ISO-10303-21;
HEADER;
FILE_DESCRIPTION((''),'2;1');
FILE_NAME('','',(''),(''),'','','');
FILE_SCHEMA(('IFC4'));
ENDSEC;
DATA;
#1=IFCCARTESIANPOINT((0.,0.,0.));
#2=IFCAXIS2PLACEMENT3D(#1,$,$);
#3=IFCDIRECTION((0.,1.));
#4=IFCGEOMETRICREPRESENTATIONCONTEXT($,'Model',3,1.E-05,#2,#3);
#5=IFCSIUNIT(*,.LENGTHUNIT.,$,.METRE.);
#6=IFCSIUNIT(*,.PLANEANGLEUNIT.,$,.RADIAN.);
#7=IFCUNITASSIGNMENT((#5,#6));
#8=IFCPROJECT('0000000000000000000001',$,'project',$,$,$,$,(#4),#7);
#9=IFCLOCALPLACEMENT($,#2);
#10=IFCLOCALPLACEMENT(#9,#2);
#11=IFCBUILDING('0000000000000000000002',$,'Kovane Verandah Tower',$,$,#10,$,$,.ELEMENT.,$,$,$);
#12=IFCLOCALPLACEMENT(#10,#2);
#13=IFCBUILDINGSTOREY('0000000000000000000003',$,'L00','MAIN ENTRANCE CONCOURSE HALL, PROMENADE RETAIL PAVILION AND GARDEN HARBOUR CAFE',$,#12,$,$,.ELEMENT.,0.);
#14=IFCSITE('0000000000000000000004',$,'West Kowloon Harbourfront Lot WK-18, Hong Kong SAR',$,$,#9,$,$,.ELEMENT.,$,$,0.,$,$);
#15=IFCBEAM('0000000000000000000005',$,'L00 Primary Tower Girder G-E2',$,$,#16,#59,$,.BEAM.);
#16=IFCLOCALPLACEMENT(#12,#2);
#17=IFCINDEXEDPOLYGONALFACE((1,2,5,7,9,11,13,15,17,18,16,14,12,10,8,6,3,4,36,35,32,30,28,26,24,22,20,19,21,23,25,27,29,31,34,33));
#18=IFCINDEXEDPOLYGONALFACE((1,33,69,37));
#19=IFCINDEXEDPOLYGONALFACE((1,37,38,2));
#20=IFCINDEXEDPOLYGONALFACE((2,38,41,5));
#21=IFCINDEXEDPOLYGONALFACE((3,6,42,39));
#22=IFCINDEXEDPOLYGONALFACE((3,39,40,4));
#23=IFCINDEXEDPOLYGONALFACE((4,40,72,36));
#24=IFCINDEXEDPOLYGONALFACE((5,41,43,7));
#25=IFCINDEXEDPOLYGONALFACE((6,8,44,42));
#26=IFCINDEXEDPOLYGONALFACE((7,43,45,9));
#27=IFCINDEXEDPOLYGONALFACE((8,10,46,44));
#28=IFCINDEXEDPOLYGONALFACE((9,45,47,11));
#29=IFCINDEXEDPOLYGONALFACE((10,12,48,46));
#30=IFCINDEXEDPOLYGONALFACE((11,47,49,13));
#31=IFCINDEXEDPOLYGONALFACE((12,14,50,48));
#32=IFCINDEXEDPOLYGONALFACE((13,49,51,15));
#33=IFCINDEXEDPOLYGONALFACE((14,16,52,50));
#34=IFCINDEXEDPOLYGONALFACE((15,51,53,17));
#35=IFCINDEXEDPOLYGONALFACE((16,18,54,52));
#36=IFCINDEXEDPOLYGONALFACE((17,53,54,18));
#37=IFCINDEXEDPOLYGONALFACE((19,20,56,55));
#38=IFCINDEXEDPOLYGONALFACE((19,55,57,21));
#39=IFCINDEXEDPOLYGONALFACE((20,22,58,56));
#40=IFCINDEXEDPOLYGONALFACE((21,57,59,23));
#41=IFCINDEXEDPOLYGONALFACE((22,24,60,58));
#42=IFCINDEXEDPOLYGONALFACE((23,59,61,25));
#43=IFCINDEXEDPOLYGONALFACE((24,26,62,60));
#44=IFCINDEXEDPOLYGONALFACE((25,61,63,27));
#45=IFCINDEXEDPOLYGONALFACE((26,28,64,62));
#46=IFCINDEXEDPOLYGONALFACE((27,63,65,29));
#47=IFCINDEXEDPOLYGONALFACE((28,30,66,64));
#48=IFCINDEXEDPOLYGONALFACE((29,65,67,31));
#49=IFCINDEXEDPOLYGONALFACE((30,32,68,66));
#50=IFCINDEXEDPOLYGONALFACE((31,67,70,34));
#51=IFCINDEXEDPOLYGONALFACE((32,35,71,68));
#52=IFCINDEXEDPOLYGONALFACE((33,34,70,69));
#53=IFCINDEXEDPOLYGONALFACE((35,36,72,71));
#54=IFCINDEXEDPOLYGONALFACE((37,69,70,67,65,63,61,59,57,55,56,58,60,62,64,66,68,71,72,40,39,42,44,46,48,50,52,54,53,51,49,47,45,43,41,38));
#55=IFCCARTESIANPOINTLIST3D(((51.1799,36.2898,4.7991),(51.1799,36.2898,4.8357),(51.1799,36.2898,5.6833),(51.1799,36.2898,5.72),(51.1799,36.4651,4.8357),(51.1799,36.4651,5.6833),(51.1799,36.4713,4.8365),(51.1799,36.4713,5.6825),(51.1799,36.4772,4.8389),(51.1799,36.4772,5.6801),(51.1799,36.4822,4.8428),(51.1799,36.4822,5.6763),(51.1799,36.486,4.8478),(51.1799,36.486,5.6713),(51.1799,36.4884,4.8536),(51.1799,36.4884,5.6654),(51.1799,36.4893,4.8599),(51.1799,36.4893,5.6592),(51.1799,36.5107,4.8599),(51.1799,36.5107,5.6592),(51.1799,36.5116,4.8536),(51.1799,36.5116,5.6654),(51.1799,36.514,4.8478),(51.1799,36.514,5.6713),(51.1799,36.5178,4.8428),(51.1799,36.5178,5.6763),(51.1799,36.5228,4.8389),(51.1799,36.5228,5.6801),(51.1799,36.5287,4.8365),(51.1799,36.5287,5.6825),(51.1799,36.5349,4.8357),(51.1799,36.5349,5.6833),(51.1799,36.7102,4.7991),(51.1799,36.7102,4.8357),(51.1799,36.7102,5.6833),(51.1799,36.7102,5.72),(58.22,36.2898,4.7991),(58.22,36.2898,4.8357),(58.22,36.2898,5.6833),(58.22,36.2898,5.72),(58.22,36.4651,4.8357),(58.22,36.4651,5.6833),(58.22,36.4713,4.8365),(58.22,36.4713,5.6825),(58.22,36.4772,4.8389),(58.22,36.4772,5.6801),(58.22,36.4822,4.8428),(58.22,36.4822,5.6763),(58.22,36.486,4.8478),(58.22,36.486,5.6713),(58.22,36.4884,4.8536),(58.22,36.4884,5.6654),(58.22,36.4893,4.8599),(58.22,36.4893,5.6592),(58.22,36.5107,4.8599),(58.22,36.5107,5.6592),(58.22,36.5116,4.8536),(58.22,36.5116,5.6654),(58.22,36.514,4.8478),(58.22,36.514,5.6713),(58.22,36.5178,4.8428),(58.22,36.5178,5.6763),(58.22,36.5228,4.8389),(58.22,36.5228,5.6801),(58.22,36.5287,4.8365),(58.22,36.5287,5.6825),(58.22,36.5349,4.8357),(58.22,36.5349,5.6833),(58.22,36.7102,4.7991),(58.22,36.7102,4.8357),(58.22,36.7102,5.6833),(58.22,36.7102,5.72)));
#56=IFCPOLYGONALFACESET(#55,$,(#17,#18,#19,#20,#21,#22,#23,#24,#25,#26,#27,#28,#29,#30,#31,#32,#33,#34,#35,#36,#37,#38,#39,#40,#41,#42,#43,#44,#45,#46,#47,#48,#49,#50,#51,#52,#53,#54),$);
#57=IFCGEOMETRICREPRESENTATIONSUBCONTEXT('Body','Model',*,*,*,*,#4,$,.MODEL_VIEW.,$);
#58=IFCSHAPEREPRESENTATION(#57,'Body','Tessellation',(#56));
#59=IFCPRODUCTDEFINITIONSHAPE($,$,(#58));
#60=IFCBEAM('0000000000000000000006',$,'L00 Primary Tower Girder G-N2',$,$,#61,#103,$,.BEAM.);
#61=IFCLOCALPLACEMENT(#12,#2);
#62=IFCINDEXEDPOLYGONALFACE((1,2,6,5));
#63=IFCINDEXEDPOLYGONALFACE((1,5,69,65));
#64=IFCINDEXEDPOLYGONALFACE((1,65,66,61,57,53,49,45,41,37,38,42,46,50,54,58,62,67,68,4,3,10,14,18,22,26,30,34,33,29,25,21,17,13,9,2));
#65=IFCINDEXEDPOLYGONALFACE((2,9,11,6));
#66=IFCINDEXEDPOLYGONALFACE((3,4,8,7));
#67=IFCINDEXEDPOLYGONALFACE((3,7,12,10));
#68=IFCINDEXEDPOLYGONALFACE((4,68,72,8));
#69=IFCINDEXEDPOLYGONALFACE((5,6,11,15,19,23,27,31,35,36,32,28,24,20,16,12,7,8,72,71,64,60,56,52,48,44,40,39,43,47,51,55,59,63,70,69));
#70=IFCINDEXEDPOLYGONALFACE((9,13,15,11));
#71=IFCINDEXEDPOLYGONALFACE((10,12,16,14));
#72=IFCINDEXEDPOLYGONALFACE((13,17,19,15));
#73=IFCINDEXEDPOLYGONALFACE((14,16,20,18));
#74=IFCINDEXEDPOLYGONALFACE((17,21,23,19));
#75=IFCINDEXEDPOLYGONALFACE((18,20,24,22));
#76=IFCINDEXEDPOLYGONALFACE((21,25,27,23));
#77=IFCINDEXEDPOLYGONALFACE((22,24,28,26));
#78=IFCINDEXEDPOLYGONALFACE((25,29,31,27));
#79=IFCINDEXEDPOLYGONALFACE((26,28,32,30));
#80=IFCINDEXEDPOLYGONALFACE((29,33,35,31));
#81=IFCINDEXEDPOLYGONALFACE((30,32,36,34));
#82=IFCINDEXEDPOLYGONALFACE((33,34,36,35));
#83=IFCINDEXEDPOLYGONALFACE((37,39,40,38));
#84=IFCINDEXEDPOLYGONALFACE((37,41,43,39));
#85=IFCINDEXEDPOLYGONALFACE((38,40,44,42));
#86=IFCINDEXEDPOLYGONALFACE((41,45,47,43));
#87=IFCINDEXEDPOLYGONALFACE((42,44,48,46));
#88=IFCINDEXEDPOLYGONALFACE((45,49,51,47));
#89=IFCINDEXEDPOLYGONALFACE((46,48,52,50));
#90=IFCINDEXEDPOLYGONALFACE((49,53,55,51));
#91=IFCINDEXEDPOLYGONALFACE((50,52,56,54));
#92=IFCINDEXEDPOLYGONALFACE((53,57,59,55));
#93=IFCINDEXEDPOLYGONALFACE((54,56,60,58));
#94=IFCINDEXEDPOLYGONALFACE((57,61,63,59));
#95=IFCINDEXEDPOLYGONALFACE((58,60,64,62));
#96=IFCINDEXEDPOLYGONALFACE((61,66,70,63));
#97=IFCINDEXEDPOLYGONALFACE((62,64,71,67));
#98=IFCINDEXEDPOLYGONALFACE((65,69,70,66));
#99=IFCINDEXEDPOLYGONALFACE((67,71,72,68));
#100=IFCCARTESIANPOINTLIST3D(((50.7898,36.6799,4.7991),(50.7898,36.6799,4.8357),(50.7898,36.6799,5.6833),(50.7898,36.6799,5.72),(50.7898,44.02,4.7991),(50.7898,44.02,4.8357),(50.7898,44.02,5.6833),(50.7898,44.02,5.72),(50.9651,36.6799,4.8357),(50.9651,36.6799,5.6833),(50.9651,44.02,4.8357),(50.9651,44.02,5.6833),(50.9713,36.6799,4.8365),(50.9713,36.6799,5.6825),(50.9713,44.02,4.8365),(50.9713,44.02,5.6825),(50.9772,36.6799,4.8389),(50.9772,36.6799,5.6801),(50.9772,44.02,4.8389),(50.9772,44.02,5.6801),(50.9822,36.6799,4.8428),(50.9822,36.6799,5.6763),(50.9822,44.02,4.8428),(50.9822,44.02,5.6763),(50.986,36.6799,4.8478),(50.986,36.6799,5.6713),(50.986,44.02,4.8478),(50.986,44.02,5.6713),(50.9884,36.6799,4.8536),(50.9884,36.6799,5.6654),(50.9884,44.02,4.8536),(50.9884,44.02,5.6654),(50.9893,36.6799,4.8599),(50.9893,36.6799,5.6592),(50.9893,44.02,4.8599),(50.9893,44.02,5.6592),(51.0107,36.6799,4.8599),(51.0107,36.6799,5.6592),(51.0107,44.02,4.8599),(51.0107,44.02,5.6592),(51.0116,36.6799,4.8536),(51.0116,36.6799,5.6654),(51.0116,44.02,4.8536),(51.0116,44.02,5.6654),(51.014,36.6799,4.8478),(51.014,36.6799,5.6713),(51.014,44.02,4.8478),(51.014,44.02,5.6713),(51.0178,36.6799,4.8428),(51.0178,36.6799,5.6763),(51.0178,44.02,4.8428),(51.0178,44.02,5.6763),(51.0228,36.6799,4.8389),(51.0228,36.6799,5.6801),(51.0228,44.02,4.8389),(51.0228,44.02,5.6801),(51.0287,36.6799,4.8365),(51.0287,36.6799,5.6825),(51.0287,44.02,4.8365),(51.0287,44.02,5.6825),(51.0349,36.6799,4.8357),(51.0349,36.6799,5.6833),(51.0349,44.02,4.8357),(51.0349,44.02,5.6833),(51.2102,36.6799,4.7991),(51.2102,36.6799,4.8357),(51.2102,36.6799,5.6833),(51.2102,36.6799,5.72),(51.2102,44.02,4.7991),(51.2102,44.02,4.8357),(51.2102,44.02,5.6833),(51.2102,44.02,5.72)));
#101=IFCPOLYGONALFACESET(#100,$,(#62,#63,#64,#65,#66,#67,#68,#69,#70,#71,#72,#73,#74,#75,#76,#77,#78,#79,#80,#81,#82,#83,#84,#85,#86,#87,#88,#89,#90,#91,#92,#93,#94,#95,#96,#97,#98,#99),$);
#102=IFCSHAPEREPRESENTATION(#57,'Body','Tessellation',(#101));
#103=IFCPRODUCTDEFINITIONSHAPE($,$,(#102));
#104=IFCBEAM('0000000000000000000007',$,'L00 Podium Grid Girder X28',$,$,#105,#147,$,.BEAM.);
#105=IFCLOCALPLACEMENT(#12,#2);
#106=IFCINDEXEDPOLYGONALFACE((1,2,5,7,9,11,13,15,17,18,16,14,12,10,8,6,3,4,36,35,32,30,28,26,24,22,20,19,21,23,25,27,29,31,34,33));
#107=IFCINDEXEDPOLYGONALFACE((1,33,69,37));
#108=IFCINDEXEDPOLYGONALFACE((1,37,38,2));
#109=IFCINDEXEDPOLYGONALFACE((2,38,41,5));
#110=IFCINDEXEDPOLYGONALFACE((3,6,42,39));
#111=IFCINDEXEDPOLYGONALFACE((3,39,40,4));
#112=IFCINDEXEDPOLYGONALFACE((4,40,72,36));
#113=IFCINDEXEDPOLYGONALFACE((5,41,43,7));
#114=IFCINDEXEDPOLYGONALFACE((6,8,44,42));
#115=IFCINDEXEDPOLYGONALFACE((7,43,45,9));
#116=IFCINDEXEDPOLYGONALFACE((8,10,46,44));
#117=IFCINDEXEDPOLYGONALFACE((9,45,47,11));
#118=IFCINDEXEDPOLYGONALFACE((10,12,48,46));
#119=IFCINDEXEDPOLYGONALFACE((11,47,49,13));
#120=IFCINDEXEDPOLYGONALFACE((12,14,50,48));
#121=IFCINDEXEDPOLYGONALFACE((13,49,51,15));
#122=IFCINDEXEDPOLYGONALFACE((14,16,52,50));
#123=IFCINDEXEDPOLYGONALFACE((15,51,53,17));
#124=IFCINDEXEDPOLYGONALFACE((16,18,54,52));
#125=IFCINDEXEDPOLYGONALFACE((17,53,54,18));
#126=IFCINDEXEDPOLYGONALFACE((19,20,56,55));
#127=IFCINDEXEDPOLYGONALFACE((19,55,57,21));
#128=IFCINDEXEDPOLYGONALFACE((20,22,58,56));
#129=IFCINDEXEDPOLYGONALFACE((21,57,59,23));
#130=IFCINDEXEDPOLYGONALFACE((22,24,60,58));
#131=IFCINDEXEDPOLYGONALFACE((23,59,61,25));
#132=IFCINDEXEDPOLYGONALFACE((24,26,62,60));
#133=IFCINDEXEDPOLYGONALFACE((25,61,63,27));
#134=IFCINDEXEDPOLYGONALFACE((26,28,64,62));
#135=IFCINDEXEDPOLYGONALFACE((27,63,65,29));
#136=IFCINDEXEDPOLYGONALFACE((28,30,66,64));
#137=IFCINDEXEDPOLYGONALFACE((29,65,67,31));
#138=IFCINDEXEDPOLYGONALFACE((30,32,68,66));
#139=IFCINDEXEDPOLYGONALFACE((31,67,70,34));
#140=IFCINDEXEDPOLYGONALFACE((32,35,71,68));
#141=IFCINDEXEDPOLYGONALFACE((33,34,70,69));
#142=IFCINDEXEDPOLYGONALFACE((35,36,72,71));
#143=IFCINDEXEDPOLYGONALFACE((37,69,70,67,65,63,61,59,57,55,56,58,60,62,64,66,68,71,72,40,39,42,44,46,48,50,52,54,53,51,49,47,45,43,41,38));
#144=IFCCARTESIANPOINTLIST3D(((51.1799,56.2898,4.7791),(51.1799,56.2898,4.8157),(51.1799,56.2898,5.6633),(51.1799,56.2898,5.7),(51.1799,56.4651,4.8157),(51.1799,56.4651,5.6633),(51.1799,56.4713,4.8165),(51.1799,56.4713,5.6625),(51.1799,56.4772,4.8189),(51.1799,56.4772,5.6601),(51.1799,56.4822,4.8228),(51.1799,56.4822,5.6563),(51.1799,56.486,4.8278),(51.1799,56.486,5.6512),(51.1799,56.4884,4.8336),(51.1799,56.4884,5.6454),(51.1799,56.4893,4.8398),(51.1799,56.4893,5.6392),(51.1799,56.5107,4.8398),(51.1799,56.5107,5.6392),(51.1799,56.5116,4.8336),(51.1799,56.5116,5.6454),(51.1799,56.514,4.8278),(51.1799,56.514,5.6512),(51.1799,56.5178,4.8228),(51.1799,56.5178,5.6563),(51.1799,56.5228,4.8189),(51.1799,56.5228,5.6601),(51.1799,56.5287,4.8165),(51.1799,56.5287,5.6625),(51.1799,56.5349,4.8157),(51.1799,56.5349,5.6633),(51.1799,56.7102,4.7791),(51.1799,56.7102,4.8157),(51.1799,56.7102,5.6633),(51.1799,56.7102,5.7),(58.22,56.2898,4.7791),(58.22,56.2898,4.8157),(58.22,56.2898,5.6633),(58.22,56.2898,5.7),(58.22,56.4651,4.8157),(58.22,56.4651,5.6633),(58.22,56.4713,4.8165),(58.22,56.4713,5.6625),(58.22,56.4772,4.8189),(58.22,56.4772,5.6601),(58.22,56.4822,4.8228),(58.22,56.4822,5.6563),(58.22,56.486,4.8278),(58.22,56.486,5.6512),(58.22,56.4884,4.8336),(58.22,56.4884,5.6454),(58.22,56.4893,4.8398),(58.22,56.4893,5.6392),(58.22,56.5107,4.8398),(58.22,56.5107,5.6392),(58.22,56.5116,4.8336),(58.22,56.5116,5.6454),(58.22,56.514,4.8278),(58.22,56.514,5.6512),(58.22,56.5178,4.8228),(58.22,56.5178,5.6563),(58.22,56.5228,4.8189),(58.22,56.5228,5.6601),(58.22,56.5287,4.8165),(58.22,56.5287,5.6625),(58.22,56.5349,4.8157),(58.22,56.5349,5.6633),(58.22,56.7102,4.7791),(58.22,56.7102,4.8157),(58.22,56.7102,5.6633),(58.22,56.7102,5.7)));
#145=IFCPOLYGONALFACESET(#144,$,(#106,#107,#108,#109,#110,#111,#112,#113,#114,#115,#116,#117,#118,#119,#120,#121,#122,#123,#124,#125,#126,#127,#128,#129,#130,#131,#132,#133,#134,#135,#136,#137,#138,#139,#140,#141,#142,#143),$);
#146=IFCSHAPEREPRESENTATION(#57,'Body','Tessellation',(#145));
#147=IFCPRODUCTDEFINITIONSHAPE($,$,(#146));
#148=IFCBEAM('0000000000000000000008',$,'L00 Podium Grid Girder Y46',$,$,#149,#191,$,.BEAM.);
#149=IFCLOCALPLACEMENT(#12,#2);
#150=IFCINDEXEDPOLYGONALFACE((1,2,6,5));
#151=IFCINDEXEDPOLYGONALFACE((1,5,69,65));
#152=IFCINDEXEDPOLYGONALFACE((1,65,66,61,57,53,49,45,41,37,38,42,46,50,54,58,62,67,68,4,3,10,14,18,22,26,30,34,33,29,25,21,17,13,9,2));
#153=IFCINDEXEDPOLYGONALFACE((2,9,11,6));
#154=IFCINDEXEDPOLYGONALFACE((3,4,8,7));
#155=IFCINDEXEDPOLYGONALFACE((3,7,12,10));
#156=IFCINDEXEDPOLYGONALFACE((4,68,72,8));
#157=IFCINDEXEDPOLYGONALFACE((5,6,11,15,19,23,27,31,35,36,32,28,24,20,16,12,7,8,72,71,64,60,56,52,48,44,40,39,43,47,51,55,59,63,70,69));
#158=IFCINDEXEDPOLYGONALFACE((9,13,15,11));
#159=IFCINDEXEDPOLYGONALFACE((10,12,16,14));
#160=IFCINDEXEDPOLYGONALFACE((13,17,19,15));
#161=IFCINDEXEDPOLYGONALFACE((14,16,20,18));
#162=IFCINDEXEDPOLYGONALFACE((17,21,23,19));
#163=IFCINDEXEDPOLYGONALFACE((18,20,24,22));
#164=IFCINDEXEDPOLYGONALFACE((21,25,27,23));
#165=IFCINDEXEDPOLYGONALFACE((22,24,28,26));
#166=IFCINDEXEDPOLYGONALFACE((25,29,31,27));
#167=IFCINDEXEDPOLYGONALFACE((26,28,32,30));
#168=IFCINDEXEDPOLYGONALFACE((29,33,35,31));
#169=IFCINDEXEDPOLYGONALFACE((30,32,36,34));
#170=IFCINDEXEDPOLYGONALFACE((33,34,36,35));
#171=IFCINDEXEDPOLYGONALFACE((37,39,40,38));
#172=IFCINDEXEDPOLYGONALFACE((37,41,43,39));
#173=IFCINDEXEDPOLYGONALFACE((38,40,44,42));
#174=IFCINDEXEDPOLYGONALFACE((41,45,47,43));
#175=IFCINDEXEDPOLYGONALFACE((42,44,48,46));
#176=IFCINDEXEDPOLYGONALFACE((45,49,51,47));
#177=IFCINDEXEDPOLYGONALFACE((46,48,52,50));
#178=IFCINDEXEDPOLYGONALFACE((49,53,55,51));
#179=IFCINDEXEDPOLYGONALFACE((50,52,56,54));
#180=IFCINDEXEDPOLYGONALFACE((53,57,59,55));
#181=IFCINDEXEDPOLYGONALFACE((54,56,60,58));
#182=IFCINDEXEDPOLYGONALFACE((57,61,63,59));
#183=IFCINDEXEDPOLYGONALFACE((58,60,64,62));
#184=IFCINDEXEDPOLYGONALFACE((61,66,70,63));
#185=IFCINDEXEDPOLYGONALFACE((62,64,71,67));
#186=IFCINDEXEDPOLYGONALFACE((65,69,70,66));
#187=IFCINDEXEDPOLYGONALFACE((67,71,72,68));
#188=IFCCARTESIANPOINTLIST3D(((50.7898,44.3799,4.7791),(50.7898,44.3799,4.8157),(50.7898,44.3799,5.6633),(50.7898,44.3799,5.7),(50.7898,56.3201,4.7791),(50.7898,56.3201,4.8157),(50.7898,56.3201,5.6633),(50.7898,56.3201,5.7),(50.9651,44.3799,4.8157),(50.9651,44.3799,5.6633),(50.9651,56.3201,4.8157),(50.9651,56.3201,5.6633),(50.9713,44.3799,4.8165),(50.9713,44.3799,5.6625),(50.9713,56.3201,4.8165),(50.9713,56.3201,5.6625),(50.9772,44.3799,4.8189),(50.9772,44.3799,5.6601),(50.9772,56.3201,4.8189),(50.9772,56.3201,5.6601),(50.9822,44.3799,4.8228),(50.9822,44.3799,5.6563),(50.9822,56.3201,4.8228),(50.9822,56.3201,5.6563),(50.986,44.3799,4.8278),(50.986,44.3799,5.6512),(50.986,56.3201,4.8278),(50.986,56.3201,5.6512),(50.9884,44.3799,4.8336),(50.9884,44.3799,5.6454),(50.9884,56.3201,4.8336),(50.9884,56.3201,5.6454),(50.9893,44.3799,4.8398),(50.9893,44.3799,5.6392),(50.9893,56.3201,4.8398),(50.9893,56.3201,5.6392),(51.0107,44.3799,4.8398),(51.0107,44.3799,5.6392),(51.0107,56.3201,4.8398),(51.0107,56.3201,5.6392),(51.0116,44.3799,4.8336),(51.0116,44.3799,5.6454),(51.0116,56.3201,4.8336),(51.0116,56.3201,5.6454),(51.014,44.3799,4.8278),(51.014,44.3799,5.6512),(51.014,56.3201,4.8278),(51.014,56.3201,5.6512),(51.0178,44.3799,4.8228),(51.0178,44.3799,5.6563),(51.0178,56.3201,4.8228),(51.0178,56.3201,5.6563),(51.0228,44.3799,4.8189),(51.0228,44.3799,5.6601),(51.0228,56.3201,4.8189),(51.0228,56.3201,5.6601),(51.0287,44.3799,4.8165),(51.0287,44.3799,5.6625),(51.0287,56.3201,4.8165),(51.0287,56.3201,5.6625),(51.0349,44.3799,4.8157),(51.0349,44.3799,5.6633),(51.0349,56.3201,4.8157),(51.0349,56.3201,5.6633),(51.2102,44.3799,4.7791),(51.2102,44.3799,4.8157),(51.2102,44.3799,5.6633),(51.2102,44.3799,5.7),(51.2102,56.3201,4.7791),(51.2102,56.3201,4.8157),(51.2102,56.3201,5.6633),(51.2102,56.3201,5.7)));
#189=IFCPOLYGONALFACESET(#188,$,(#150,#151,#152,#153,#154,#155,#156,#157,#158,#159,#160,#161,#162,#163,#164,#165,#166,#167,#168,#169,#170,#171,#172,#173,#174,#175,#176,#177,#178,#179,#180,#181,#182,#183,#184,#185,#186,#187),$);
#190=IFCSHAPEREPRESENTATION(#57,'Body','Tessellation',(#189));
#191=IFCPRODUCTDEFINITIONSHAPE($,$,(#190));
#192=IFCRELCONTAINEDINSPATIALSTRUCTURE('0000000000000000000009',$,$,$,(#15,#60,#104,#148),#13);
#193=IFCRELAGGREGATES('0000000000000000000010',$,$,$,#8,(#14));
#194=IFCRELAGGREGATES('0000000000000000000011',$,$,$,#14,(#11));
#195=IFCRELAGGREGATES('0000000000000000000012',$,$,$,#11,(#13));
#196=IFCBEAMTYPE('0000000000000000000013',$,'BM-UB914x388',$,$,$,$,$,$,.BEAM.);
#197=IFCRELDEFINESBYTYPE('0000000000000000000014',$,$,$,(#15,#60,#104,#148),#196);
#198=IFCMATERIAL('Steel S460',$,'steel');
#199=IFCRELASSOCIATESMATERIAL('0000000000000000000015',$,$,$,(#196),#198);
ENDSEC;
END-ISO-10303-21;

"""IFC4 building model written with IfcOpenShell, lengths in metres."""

from ifc_helpers import new_model, si_unit, direction, frame, origin, origin_2d, place, context, subcontext, project, spatial, i_section, extrude, material, material_profile, profile_set, type_object, element, save


model = new_model("IFC4")

# Units and contexts
model_context = context("Model", 3, precision=1e-05, world=origin(), true_north=direction((0.0, 1.0)))
body_context = subcontext(model_context, "Body", "Model", "MODEL_VIEW")
ifc_project = project(units=[si_unit("LENGTHUNIT", "METRE"), si_unit("PLANEANGLEUNIT", "RADIAN")], contexts=[model_context])

# Site, building, storey
site_placement = place(None, origin())
site = spatial("IfcSite", under=ifc_project, at=site_placement, Name="West Kowloon Harbourfront Lot WK-18, Hong Kong SAR", CompositionType="ELEMENT", RefElevation=0.0)
building_placement = place(site_placement, origin())
building = spatial("IfcBuilding", under=site, at=building_placement, Name="Kovane Verandah Tower", CompositionType="ELEMENT")
storey_placement = place(building_placement, origin())
storey = spatial("IfcBuildingStorey", under=building, at=storey_placement, Name="L00", Description="MAIN ENTRANCE CONCOURSE HALL, PROMENADE RETAIL PAVILION AND GARDEN HARBOUR CAFE", CompositionType="ELEMENT", Elevation=0.0)

# Shared definitions
ifc_material_1 = material(Name="Steel S460", Category="steel")

# Beams
ifc_material_profile_1 = material_profile(ifc_material_1, i_section(OverallWidth=0.4204, OverallDepth=0.9209, WebThickness=0.0215, FlangeThickness=0.0366, FilletRadius=0.0242, at=origin_2d()), Name="UB914x419x388")
ifc_profile_set_1 = profile_set([ifc_material_profile_1], Name="Steel S460")
beam_type_1 = type_object("IfcBeamType", Name="BM-UB914x388", PredefinedType="BEAM", material=ifc_profile_set_1)
for number, where, z_axis, x_axis, name in (
    (1, (51.1799, 36.5, 5.2595), (1.0, 0.0, 0.0), (0.0, 1.0, 0.0), "L00 Primary Tower Girder G-E2"),
):
    element("IfcBeam", number, at=place(storey_placement, frame(where, z_axis=z_axis, x_axis=x_axis)), inside=storey, type_object=beam_type_1, Name=name, PredefinedType="BEAM", context=body_context, shape_type="SweptSolid", body=[
        extrude(i_section(OverallWidth=0.4204, OverallDepth=0.9209, WebThickness=0.0215, FlangeThickness=0.0366, FilletRadius=0.0242, at=origin_2d()), origin(), (0.0, 0.0, 1.0), 7.04),
    ])
beam_1_placement = place(storey_placement, frame((51.0, 36.6799, 5.2595), z_axis=(0.0, 1.0, 0.0), x_axis=(-1.0, 0.0, 0.0)))
element("IfcBeam", 2, at=beam_1_placement, inside=storey, type_object=beam_type_1, Name="L00 Primary Tower Girder G-N2", PredefinedType="BEAM", context=body_context, shape_type="SweptSolid", body=[
    extrude(i_section(OverallWidth=0.4204, OverallDepth=0.9209, WebThickness=0.0215, FlangeThickness=0.0366, FilletRadius=0.0242, at=origin_2d()), origin(), (0.0, 0.0, 1.0), 7.3401),
])
beam_2_placement = place(storey_placement, frame((51.1799, 56.5, 5.2395), z_axis=(1.0, 0.0, 0.0), x_axis=(0.0, 1.0, 0.0)))
element("IfcBeam", 3, at=beam_2_placement, inside=storey, type_object=beam_type_1, Name="L00 Podium Grid Girder X28", PredefinedType="BEAM", context=body_context, shape_type="SweptSolid", body=[
    extrude(i_section(OverallWidth=0.4204, OverallDepth=0.9209, WebThickness=0.0215, FlangeThickness=0.0366, FilletRadius=0.0242, at=origin_2d()), origin(), (0.0, 0.0, 1.0), 7.04),
])
beam_3_placement = place(storey_placement, frame((51.0, 44.3799, 5.2395), z_axis=(0.0, 1.0, 0.0), x_axis=(-1.0, 0.0, 0.0)))
element("IfcBeam", 4, at=beam_3_placement, inside=storey, type_object=beam_type_1, Name="L00 Podium Grid Girder Y46", PredefinedType="BEAM", context=body_context, shape_type="SweptSolid", body=[
    extrude(i_section(OverallWidth=0.4204, OverallDepth=0.9209, WebThickness=0.0215, FlangeThickness=0.0366, FilletRadius=0.0242, at=origin_2d()), origin(), (0.0, 0.0, 1.0), 11.9402),
])

save(model, "model.ifc")
